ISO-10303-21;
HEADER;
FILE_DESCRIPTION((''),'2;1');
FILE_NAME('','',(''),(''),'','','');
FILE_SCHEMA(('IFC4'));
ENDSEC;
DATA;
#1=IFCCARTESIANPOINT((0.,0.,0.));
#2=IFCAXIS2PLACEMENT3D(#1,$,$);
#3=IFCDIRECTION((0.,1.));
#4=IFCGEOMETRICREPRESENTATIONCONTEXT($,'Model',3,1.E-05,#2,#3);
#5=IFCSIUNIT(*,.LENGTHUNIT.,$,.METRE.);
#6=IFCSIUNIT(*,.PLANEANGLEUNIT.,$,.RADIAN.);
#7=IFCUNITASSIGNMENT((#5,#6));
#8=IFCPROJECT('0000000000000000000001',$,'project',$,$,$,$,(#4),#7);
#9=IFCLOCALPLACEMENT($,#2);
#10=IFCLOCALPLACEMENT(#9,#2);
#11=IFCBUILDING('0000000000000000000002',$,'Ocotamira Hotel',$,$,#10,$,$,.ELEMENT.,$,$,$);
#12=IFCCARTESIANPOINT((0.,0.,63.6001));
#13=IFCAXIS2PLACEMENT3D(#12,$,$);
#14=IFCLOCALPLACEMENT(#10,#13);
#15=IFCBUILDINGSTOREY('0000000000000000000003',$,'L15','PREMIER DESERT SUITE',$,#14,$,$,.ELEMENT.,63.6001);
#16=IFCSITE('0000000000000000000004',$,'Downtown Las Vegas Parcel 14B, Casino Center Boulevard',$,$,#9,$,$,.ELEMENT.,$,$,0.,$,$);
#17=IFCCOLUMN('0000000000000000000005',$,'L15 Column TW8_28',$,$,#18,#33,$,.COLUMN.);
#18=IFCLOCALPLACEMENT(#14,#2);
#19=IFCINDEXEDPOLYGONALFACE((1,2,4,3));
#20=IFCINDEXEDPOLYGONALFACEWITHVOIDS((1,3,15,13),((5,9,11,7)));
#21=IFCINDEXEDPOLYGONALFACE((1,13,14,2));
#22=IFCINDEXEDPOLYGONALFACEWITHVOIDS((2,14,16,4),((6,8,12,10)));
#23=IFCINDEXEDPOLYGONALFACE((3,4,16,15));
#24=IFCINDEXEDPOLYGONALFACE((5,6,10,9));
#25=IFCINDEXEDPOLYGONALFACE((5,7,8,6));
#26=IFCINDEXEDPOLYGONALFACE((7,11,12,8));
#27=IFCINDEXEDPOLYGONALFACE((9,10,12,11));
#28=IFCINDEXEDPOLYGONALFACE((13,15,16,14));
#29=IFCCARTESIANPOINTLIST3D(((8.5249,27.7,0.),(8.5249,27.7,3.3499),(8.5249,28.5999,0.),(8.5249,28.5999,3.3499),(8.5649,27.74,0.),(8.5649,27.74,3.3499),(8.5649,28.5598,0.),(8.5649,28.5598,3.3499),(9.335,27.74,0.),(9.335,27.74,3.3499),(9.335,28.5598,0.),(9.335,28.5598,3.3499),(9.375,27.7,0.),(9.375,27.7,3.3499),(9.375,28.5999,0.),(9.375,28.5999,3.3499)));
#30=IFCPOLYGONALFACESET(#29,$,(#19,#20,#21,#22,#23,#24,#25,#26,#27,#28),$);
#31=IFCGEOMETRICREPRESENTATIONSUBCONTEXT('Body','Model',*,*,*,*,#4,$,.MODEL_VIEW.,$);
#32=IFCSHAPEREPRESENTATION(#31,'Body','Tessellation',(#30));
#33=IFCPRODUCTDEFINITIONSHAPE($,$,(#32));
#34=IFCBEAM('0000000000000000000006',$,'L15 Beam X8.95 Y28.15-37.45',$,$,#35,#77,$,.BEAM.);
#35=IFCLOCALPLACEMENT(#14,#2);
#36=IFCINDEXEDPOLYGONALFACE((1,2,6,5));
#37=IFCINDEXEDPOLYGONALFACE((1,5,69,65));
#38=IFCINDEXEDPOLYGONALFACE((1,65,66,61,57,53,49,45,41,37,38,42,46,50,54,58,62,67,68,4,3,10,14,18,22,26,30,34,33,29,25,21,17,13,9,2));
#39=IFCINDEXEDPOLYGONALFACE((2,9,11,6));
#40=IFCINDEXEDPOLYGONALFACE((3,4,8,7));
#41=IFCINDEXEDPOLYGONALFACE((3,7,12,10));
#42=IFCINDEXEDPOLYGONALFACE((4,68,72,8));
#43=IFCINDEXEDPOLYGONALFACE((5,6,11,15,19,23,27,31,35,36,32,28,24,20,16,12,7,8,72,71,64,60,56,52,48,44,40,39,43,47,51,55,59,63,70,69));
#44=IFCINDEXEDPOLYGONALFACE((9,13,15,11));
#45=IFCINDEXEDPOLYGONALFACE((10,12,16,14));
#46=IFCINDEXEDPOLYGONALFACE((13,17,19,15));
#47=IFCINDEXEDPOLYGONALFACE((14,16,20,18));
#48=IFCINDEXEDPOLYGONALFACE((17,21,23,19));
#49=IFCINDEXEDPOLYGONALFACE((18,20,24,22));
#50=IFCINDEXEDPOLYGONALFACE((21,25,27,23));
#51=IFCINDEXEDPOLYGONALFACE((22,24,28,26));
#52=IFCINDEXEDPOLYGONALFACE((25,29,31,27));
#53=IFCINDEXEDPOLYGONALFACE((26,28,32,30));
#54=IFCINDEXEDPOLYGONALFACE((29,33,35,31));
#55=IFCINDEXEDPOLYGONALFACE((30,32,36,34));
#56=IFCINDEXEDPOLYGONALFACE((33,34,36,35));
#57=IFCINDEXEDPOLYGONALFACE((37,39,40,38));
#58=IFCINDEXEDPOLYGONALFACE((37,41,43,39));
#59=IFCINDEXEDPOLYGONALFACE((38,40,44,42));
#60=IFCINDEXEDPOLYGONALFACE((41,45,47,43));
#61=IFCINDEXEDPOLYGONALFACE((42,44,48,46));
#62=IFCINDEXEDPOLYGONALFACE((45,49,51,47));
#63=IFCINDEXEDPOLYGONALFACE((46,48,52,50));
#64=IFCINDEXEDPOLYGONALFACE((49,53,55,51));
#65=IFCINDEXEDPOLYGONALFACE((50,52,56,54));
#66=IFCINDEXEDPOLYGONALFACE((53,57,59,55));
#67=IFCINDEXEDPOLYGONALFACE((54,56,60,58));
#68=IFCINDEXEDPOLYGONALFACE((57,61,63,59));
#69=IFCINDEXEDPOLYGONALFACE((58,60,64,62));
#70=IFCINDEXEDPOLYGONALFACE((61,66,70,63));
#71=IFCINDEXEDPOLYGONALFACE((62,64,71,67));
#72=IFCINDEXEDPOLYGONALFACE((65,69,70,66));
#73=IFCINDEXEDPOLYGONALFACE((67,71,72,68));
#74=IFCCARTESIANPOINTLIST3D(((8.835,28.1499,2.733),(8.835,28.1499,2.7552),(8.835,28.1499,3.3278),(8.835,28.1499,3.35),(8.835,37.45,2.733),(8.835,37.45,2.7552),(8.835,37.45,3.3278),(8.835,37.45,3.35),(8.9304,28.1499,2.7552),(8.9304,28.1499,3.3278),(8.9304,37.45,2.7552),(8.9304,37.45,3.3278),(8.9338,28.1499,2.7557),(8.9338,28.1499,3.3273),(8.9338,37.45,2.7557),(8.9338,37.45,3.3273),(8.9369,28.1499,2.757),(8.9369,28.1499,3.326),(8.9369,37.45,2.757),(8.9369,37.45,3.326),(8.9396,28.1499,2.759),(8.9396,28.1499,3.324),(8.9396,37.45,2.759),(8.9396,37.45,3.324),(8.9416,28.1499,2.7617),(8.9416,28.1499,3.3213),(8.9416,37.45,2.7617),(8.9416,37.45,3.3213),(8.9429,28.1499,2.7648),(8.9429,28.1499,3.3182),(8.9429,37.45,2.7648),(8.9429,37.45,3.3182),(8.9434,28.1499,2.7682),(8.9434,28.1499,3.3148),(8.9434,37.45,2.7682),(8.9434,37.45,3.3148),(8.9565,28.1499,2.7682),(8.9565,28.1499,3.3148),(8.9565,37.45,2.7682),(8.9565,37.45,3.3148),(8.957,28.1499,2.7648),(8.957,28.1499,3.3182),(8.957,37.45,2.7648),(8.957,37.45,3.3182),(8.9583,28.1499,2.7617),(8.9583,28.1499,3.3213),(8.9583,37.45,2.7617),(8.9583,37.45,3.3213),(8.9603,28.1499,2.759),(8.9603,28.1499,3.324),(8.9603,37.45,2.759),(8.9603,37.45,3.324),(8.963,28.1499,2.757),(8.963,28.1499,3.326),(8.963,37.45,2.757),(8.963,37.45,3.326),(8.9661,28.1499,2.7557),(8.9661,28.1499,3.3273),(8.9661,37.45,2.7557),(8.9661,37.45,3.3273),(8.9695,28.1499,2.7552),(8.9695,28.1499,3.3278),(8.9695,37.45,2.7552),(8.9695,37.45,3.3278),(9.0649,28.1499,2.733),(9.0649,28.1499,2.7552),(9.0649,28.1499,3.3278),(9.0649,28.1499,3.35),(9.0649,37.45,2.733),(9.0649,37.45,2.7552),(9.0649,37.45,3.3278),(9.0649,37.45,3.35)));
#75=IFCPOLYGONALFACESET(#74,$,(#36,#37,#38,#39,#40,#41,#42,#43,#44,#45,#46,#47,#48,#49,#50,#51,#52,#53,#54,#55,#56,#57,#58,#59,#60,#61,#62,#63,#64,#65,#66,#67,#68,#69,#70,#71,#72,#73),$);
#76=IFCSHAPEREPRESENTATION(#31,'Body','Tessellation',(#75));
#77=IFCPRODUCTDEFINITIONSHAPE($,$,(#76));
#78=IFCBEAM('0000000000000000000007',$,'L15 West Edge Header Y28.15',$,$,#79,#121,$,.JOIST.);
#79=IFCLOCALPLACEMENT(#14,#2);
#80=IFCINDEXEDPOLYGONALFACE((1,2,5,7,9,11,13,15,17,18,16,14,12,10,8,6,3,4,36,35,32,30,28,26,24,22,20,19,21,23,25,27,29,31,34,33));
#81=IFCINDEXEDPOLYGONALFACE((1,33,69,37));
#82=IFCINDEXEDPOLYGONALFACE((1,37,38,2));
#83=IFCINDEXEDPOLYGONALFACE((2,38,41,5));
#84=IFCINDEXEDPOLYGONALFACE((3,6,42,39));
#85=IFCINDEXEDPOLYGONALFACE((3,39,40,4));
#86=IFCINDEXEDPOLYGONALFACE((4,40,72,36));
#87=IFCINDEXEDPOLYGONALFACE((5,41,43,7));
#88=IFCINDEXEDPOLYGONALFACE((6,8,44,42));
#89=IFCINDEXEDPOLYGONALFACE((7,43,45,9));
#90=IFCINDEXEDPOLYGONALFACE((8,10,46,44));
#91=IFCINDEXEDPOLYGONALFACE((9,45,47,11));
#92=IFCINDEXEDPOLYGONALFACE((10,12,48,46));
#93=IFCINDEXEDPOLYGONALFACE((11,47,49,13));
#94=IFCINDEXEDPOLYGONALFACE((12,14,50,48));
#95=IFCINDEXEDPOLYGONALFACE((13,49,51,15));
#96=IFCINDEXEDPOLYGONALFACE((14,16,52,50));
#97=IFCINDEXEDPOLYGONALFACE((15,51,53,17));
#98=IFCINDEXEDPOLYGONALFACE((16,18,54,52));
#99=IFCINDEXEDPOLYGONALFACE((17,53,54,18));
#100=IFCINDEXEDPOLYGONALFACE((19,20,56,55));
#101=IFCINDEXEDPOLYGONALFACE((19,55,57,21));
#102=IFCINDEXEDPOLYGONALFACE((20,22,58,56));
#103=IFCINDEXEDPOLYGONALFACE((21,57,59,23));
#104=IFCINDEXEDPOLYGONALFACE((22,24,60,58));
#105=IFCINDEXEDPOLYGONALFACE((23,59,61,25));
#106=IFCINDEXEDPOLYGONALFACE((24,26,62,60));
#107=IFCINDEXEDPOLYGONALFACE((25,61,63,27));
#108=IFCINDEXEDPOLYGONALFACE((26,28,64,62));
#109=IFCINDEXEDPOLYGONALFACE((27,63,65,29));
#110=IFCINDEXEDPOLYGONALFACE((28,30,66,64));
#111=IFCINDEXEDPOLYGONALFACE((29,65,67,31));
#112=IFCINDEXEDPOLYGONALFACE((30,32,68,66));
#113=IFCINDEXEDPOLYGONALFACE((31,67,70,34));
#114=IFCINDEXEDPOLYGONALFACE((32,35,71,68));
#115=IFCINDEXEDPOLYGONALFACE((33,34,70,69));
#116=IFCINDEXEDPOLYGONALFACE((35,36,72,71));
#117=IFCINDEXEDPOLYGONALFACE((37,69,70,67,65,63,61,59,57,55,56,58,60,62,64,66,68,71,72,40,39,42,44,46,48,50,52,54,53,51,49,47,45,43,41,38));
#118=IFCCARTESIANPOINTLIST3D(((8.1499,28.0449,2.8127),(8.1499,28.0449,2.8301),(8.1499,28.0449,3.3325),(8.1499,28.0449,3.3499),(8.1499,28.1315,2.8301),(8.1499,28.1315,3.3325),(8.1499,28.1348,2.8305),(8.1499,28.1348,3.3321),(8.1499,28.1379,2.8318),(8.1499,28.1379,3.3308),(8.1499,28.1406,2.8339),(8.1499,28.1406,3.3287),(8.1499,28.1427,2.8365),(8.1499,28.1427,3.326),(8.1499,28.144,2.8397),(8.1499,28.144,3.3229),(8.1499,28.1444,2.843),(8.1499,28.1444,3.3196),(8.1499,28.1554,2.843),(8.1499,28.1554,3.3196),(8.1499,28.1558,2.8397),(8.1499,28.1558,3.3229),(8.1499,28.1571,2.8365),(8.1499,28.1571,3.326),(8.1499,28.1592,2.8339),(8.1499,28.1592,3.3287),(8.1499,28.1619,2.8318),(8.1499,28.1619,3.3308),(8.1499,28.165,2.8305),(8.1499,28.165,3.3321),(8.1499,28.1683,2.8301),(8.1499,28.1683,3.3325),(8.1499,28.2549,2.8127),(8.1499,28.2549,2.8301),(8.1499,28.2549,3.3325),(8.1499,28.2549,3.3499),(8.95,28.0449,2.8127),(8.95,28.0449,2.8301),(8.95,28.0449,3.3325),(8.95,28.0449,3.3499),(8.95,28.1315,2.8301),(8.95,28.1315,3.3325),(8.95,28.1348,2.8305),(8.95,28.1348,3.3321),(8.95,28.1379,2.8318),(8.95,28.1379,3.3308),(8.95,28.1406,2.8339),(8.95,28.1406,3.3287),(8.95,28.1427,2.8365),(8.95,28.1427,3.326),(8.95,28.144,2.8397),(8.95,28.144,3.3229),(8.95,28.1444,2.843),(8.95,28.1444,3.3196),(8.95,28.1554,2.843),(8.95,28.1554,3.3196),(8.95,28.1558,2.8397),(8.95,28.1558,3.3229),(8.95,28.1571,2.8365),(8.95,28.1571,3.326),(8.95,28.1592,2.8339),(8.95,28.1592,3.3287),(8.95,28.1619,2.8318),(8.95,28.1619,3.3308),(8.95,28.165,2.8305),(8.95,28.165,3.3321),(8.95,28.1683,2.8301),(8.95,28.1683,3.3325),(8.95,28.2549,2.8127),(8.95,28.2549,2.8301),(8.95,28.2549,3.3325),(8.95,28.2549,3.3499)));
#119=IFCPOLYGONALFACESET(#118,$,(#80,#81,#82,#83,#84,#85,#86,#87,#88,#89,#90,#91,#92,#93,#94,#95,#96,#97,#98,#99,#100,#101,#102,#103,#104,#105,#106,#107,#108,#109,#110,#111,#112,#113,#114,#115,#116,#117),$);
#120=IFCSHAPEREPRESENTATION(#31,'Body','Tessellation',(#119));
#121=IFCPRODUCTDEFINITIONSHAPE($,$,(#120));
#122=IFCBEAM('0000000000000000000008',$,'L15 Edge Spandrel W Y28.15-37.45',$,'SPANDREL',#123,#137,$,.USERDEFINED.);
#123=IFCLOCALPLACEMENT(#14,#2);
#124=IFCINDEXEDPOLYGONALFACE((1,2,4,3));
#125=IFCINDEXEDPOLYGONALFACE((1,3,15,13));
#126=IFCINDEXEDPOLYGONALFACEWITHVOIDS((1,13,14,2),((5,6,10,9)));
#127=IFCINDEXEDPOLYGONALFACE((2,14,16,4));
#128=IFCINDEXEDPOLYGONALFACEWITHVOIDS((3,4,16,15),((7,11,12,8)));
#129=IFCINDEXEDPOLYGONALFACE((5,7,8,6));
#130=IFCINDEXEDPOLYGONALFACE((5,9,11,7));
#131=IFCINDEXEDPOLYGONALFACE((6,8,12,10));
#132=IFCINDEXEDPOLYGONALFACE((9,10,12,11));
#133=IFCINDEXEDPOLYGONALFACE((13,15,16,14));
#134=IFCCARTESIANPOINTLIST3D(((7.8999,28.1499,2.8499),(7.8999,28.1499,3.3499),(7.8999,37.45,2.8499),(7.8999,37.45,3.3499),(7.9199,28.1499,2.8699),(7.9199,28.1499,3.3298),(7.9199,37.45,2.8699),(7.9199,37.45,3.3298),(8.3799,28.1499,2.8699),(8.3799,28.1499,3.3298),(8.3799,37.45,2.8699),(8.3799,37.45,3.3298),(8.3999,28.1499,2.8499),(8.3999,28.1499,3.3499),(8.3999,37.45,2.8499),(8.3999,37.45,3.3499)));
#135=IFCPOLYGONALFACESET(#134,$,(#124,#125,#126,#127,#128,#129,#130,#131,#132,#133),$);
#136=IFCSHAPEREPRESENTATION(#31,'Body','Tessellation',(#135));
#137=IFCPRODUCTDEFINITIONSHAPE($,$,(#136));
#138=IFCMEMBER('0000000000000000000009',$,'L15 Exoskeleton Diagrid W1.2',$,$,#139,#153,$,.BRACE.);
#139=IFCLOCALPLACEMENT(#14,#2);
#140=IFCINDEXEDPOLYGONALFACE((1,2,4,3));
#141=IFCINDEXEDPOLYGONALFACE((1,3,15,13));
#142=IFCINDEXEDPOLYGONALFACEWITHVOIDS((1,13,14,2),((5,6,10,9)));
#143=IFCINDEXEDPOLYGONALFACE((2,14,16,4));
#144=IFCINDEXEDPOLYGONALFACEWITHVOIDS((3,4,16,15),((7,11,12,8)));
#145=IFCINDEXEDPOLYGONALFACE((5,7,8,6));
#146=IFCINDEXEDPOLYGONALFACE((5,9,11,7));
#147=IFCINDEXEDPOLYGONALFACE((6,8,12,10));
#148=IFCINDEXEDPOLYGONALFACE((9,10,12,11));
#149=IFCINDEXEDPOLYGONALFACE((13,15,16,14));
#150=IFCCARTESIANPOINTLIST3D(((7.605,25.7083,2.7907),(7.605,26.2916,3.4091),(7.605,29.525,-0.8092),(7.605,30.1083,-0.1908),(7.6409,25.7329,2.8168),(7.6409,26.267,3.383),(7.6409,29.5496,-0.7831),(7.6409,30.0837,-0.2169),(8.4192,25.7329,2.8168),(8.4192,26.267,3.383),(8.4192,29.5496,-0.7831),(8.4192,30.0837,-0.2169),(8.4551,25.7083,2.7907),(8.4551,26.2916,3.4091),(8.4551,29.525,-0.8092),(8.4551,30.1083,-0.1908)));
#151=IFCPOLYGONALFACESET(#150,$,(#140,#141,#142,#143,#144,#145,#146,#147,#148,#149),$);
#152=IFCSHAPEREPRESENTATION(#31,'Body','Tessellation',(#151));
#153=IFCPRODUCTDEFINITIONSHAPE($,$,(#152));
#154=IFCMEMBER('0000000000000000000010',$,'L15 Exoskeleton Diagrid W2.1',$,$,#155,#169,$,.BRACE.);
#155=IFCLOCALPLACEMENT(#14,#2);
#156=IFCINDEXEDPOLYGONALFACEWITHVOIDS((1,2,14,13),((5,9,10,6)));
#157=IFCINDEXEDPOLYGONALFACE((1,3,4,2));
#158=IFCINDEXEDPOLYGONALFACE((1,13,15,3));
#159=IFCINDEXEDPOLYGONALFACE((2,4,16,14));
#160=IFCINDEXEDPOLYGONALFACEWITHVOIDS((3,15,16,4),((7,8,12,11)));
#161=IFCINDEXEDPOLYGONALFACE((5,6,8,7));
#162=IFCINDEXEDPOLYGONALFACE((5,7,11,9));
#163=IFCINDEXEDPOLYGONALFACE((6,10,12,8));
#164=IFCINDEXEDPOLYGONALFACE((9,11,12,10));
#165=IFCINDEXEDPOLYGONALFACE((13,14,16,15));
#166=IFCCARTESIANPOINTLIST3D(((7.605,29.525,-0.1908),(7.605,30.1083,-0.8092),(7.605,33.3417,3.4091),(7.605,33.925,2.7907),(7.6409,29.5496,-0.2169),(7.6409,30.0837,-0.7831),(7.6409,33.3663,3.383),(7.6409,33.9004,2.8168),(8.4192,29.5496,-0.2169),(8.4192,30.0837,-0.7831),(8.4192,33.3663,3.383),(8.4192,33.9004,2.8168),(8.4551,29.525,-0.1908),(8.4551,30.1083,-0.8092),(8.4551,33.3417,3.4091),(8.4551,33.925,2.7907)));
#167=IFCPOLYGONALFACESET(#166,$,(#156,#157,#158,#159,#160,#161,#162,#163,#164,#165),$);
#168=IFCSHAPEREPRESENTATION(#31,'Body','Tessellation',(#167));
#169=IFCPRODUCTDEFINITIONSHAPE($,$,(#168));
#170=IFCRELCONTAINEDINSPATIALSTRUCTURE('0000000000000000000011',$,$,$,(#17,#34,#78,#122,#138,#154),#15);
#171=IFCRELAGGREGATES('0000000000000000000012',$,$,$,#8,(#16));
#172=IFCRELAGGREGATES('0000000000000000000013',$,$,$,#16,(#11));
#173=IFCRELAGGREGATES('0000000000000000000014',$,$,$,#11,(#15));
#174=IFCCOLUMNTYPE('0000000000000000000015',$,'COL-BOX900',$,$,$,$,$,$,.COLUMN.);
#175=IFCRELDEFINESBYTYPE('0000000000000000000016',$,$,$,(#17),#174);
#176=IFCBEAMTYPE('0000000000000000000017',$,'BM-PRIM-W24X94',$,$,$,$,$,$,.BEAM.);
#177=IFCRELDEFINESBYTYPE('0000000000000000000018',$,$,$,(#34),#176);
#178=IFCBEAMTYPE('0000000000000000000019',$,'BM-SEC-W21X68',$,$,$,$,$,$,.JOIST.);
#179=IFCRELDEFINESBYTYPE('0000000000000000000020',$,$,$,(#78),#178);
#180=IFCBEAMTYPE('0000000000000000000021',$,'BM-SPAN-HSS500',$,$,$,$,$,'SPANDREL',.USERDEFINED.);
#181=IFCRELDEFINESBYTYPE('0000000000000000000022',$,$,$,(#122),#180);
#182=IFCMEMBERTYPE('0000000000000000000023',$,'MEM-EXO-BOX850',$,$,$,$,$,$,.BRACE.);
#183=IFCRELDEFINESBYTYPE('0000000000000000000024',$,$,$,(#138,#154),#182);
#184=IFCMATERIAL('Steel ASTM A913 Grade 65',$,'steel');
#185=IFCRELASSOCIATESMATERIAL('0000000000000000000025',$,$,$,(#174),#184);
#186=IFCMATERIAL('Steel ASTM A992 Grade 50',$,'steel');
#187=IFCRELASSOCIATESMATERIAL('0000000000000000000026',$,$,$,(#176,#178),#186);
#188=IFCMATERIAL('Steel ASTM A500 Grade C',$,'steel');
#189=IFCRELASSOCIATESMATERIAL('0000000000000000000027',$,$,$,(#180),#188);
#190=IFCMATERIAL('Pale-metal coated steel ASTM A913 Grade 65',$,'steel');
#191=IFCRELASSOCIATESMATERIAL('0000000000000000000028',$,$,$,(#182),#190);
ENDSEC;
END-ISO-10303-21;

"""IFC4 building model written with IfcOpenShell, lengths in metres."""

from ifc_helpers import new_model, si_unit, direction, frame, origin, origin_2d, place, context, subcontext, project, spatial, hollow_rectangle, i_section, extrude, source, transform, mapped, material, material_profile, profile_set, type_object, element, save


model = new_model("IFC4")

# Units and contexts
model_context = context("Model", 3, precision=1e-05, world=origin(), true_north=direction((0.0, 1.0)))
body_context = subcontext(model_context, "Body", "Model", "MODEL_VIEW")
ifc_project = project(units=[si_unit("LENGTHUNIT", "METRE"), si_unit("PLANEANGLEUNIT", "RADIAN")], contexts=[model_context])

# Site, building, storey
site_placement = place(None, origin())
site = spatial("IfcSite", under=ifc_project, at=site_placement, Name="Downtown Las Vegas Parcel 14B, Casino Center Boulevard", CompositionType="ELEMENT", RefElevation=0.0)
building_placement = place(site_placement, origin())
building = spatial("IfcBuilding", under=site, at=building_placement, Name="Ocotamira Hotel", CompositionType="ELEMENT")
storey_placement = place(building_placement, frame((0.0, 0.0, 63.6001)))
storey = spatial("IfcBuildingStorey", under=building, at=storey_placement, Name="L15", Description="PREMIER DESERT SUITE", CompositionType="ELEMENT", Elevation=63.6001)

# Column
ifc_material_1 = material(Name="Steel ASTM A913 Grade 65", Category="steel")
ifc_material_profile_1 = material_profile(ifc_material_1, hollow_rectangle(XDim=0.8501, YDim=0.8999, WallThickness=0.04, at=origin_2d()), Name="BOX900X850X40")
ifc_profile_set_1 = profile_set([ifc_material_profile_1], Name="Steel ASTM A913 Grade 65")
column_type = type_object("IfcColumnType", Name="COL-BOX900", PredefinedType="COLUMN", material=ifc_profile_set_1)
shared_shape_1 = source(origin(), body_context, "Body", "SweptSolid", [
    extrude(hollow_rectangle(XDim=0.8501, YDim=0.8999, WallThickness=0.04, at=origin_2d()), origin(), (0.0, 0.0, 1.0), 3.3499),
])
column_placement = place(storey_placement, frame((8.95, 28.1499, 0.0), z_axis=(0.0, 0.0, 1.0), x_axis=(1.0, 0.0, 0.0)))
element("IfcColumn", 1, at=column_placement, inside=storey, type_object=column_type, Name="L15 Column TW8_28", PredefinedType="COLUMN", context=body_context, shape_type="MappedRepresentation", body=[
    mapped(shared_shape_1, transform((0.0, 0.0, 0.0), scale=1.0)),
])

# Beams
ifc_material_2 = material(Name="Steel ASTM A992 Grade 50", Category="steel")
ifc_material_profile_2 = material_profile(ifc_material_2, i_section(OverallWidth=0.23, OverallDepth=0.6169, WebThickness=0.0132, FlangeThickness=0.0222, FilletRadius=0.0129, at=origin_2d()), Name="W24X94")
ifc_profile_set_2 = profile_set([ifc_material_profile_2], Name="Steel ASTM A992 Grade 50")
beam_type_1 = type_object("IfcBeamType", Name="BM-PRIM-W24X94", PredefinedType="BEAM", material=ifc_profile_set_2)
shared_shape_2 = source(origin(), body_context, "Body", "SweptSolid", [
    extrude(i_section(OverallWidth=0.23, OverallDepth=0.6169, WebThickness=0.0132, FlangeThickness=0.0222, FilletRadius=0.0129, at=origin_2d()), origin(), (0.0, 0.0, 1.0), 9.3),
])
beam_1_placement = place(storey_placement, frame((8.95, 28.1499, 3.0415), z_axis=(0.0, 1.0, 0.0), x_axis=(-1.0, 0.0, 0.0)))
element("IfcBeam", 2, at=beam_1_placement, inside=storey, type_object=beam_type_1, Name="L15 Beam X8.95 Y28.15-37.45", PredefinedType="BEAM", context=body_context, shape_type="MappedRepresentation", body=[
    mapped(shared_shape_2, transform((0.0, 0.0, 0.0), scale=1.0)),
])
ifc_material_profile_3 = material_profile(ifc_material_2, i_section(OverallWidth=0.21, OverallDepth=0.5371, WebThickness=0.011, FlangeThickness=0.0173, FilletRadius=0.0129, at=origin_2d()), Name="W21X68")
ifc_profile_set_3 = profile_set([ifc_material_profile_3], Name="Steel ASTM A992 Grade 50")
beam_type_2 = type_object("IfcBeamType", Name="BM-SEC-W21X68", PredefinedType="JOIST", material=ifc_profile_set_3)
shared_shape_3 = source(origin(), body_context, "Body", "SweptSolid", [
    extrude(i_section(OverallWidth=0.21, OverallDepth=0.5371, WebThickness=0.011, FlangeThickness=0.0173, FilletRadius=0.0129, at=origin_2d()), origin(), (0.0, 0.0, 1.0), 0.8),
])
beam_2_placement = place(storey_placement, frame((8.95, 28.1499, 3.0813), z_axis=(-1.0, 0.0, 0.0), x_axis=(0.0, -1.0, 0.0)))
element("IfcBeam", 3, at=beam_2_placement, inside=storey, type_object=beam_type_2, Name="L15 West Edge Header Y28.15", PredefinedType="JOIST", context=body_context, shape_type="MappedRepresentation", body=[
    mapped(shared_shape_3, transform((0.0, 0.0, 0.0), scale=1.0)),
])
ifc_material_3 = material(Name="Steel ASTM A500 Grade C", Category="steel")
ifc_material_profile_4 = material_profile(ifc_material_3, hollow_rectangle(XDim=0.5, YDim=0.5, WallThickness=0.02, at=origin_2d()), Name="HSS500X500X20")
ifc_profile_set_4 = profile_set([ifc_material_profile_4], Name="Steel ASTM A500 Grade C")
beam_type_3 = type_object("IfcBeamType", Name="BM-SPAN-HSS500", ElementType="SPANDREL", PredefinedType="USERDEFINED", material=ifc_profile_set_4)
shared_shape_4 = source(origin(), body_context, "Body", "SweptSolid", [
    extrude(hollow_rectangle(XDim=0.5, YDim=0.5, WallThickness=0.02, at=origin_2d()), origin(), (0.0, 0.0, 1.0), 9.3),
])
beam_3_placement = place(storey_placement, frame((8.1499, 28.1499, 3.0999), z_axis=(0.0, 1.0, 0.0), x_axis=(-1.0, 0.0, 0.0)))
element("IfcBeam", 4, at=beam_3_placement, inside=storey, type_object=beam_type_3, Name="L15 Edge Spandrel W Y28.15-37.45", ObjectType="SPANDREL", PredefinedType="USERDEFINED", context=body_context, shape_type="MappedRepresentation", body=[
    mapped(shared_shape_4, transform((0.0, 0.0, 0.0), scale=1.0)),
])

# Members
ifc_material_4 = material(Name="Pale-metal coated steel ASTM A913 Grade 65", Category="steel")
ifc_material_profile_5 = material_profile(ifc_material_4, hollow_rectangle(XDim=0.8501, YDim=0.8501, WallThickness=0.0359, at=origin_2d()), Name="BOX850X850X36")
ifc_profile_set_5 = profile_set([ifc_material_profile_5], Name="Pale-metal coated steel ASTM A913 Grade 65")
member_type_1 = type_object("IfcMemberType", Name="MEM-EXO-BOX850", PredefinedType="BRACE", material=ifc_profile_set_5)
shared_shape_5 = source(origin(), body_context, "Body", "SweptSolid", [
    extrude(hollow_rectangle(XDim=0.8501, YDim=0.8501, WallThickness=0.0359, at=origin_2d()), origin(), (0.0, 0.0, 1.0), 5.2466),
])
for number, where, z_axis, x_axis, name in (
    (5, (8.03, 29.8167, -0.5), (0.0, -0.727466, 0.686144), (1.0, 0.0, 0.0), "L15 Exoskeleton Diagrid W1.2"),
    (6, (8.03, 29.8167, -0.5), (0.0, 0.727466, 0.686144), (-1.0, 0.0, 0.0), "L15 Exoskeleton Diagrid W2.1"),
):
    element("IfcMember", number, at=place(storey_placement, frame(where, z_axis=z_axis, x_axis=x_axis)), inside=storey, type_object=member_type_1, Name=name, PredefinedType="BRACE", context=body_context, shape_type="MappedRepresentation", body=[
        mapped(shared_shape_5, transform((0.0, 0.0, 0.0), scale=1.0)),
    ])

save(model, "model.ifc")
